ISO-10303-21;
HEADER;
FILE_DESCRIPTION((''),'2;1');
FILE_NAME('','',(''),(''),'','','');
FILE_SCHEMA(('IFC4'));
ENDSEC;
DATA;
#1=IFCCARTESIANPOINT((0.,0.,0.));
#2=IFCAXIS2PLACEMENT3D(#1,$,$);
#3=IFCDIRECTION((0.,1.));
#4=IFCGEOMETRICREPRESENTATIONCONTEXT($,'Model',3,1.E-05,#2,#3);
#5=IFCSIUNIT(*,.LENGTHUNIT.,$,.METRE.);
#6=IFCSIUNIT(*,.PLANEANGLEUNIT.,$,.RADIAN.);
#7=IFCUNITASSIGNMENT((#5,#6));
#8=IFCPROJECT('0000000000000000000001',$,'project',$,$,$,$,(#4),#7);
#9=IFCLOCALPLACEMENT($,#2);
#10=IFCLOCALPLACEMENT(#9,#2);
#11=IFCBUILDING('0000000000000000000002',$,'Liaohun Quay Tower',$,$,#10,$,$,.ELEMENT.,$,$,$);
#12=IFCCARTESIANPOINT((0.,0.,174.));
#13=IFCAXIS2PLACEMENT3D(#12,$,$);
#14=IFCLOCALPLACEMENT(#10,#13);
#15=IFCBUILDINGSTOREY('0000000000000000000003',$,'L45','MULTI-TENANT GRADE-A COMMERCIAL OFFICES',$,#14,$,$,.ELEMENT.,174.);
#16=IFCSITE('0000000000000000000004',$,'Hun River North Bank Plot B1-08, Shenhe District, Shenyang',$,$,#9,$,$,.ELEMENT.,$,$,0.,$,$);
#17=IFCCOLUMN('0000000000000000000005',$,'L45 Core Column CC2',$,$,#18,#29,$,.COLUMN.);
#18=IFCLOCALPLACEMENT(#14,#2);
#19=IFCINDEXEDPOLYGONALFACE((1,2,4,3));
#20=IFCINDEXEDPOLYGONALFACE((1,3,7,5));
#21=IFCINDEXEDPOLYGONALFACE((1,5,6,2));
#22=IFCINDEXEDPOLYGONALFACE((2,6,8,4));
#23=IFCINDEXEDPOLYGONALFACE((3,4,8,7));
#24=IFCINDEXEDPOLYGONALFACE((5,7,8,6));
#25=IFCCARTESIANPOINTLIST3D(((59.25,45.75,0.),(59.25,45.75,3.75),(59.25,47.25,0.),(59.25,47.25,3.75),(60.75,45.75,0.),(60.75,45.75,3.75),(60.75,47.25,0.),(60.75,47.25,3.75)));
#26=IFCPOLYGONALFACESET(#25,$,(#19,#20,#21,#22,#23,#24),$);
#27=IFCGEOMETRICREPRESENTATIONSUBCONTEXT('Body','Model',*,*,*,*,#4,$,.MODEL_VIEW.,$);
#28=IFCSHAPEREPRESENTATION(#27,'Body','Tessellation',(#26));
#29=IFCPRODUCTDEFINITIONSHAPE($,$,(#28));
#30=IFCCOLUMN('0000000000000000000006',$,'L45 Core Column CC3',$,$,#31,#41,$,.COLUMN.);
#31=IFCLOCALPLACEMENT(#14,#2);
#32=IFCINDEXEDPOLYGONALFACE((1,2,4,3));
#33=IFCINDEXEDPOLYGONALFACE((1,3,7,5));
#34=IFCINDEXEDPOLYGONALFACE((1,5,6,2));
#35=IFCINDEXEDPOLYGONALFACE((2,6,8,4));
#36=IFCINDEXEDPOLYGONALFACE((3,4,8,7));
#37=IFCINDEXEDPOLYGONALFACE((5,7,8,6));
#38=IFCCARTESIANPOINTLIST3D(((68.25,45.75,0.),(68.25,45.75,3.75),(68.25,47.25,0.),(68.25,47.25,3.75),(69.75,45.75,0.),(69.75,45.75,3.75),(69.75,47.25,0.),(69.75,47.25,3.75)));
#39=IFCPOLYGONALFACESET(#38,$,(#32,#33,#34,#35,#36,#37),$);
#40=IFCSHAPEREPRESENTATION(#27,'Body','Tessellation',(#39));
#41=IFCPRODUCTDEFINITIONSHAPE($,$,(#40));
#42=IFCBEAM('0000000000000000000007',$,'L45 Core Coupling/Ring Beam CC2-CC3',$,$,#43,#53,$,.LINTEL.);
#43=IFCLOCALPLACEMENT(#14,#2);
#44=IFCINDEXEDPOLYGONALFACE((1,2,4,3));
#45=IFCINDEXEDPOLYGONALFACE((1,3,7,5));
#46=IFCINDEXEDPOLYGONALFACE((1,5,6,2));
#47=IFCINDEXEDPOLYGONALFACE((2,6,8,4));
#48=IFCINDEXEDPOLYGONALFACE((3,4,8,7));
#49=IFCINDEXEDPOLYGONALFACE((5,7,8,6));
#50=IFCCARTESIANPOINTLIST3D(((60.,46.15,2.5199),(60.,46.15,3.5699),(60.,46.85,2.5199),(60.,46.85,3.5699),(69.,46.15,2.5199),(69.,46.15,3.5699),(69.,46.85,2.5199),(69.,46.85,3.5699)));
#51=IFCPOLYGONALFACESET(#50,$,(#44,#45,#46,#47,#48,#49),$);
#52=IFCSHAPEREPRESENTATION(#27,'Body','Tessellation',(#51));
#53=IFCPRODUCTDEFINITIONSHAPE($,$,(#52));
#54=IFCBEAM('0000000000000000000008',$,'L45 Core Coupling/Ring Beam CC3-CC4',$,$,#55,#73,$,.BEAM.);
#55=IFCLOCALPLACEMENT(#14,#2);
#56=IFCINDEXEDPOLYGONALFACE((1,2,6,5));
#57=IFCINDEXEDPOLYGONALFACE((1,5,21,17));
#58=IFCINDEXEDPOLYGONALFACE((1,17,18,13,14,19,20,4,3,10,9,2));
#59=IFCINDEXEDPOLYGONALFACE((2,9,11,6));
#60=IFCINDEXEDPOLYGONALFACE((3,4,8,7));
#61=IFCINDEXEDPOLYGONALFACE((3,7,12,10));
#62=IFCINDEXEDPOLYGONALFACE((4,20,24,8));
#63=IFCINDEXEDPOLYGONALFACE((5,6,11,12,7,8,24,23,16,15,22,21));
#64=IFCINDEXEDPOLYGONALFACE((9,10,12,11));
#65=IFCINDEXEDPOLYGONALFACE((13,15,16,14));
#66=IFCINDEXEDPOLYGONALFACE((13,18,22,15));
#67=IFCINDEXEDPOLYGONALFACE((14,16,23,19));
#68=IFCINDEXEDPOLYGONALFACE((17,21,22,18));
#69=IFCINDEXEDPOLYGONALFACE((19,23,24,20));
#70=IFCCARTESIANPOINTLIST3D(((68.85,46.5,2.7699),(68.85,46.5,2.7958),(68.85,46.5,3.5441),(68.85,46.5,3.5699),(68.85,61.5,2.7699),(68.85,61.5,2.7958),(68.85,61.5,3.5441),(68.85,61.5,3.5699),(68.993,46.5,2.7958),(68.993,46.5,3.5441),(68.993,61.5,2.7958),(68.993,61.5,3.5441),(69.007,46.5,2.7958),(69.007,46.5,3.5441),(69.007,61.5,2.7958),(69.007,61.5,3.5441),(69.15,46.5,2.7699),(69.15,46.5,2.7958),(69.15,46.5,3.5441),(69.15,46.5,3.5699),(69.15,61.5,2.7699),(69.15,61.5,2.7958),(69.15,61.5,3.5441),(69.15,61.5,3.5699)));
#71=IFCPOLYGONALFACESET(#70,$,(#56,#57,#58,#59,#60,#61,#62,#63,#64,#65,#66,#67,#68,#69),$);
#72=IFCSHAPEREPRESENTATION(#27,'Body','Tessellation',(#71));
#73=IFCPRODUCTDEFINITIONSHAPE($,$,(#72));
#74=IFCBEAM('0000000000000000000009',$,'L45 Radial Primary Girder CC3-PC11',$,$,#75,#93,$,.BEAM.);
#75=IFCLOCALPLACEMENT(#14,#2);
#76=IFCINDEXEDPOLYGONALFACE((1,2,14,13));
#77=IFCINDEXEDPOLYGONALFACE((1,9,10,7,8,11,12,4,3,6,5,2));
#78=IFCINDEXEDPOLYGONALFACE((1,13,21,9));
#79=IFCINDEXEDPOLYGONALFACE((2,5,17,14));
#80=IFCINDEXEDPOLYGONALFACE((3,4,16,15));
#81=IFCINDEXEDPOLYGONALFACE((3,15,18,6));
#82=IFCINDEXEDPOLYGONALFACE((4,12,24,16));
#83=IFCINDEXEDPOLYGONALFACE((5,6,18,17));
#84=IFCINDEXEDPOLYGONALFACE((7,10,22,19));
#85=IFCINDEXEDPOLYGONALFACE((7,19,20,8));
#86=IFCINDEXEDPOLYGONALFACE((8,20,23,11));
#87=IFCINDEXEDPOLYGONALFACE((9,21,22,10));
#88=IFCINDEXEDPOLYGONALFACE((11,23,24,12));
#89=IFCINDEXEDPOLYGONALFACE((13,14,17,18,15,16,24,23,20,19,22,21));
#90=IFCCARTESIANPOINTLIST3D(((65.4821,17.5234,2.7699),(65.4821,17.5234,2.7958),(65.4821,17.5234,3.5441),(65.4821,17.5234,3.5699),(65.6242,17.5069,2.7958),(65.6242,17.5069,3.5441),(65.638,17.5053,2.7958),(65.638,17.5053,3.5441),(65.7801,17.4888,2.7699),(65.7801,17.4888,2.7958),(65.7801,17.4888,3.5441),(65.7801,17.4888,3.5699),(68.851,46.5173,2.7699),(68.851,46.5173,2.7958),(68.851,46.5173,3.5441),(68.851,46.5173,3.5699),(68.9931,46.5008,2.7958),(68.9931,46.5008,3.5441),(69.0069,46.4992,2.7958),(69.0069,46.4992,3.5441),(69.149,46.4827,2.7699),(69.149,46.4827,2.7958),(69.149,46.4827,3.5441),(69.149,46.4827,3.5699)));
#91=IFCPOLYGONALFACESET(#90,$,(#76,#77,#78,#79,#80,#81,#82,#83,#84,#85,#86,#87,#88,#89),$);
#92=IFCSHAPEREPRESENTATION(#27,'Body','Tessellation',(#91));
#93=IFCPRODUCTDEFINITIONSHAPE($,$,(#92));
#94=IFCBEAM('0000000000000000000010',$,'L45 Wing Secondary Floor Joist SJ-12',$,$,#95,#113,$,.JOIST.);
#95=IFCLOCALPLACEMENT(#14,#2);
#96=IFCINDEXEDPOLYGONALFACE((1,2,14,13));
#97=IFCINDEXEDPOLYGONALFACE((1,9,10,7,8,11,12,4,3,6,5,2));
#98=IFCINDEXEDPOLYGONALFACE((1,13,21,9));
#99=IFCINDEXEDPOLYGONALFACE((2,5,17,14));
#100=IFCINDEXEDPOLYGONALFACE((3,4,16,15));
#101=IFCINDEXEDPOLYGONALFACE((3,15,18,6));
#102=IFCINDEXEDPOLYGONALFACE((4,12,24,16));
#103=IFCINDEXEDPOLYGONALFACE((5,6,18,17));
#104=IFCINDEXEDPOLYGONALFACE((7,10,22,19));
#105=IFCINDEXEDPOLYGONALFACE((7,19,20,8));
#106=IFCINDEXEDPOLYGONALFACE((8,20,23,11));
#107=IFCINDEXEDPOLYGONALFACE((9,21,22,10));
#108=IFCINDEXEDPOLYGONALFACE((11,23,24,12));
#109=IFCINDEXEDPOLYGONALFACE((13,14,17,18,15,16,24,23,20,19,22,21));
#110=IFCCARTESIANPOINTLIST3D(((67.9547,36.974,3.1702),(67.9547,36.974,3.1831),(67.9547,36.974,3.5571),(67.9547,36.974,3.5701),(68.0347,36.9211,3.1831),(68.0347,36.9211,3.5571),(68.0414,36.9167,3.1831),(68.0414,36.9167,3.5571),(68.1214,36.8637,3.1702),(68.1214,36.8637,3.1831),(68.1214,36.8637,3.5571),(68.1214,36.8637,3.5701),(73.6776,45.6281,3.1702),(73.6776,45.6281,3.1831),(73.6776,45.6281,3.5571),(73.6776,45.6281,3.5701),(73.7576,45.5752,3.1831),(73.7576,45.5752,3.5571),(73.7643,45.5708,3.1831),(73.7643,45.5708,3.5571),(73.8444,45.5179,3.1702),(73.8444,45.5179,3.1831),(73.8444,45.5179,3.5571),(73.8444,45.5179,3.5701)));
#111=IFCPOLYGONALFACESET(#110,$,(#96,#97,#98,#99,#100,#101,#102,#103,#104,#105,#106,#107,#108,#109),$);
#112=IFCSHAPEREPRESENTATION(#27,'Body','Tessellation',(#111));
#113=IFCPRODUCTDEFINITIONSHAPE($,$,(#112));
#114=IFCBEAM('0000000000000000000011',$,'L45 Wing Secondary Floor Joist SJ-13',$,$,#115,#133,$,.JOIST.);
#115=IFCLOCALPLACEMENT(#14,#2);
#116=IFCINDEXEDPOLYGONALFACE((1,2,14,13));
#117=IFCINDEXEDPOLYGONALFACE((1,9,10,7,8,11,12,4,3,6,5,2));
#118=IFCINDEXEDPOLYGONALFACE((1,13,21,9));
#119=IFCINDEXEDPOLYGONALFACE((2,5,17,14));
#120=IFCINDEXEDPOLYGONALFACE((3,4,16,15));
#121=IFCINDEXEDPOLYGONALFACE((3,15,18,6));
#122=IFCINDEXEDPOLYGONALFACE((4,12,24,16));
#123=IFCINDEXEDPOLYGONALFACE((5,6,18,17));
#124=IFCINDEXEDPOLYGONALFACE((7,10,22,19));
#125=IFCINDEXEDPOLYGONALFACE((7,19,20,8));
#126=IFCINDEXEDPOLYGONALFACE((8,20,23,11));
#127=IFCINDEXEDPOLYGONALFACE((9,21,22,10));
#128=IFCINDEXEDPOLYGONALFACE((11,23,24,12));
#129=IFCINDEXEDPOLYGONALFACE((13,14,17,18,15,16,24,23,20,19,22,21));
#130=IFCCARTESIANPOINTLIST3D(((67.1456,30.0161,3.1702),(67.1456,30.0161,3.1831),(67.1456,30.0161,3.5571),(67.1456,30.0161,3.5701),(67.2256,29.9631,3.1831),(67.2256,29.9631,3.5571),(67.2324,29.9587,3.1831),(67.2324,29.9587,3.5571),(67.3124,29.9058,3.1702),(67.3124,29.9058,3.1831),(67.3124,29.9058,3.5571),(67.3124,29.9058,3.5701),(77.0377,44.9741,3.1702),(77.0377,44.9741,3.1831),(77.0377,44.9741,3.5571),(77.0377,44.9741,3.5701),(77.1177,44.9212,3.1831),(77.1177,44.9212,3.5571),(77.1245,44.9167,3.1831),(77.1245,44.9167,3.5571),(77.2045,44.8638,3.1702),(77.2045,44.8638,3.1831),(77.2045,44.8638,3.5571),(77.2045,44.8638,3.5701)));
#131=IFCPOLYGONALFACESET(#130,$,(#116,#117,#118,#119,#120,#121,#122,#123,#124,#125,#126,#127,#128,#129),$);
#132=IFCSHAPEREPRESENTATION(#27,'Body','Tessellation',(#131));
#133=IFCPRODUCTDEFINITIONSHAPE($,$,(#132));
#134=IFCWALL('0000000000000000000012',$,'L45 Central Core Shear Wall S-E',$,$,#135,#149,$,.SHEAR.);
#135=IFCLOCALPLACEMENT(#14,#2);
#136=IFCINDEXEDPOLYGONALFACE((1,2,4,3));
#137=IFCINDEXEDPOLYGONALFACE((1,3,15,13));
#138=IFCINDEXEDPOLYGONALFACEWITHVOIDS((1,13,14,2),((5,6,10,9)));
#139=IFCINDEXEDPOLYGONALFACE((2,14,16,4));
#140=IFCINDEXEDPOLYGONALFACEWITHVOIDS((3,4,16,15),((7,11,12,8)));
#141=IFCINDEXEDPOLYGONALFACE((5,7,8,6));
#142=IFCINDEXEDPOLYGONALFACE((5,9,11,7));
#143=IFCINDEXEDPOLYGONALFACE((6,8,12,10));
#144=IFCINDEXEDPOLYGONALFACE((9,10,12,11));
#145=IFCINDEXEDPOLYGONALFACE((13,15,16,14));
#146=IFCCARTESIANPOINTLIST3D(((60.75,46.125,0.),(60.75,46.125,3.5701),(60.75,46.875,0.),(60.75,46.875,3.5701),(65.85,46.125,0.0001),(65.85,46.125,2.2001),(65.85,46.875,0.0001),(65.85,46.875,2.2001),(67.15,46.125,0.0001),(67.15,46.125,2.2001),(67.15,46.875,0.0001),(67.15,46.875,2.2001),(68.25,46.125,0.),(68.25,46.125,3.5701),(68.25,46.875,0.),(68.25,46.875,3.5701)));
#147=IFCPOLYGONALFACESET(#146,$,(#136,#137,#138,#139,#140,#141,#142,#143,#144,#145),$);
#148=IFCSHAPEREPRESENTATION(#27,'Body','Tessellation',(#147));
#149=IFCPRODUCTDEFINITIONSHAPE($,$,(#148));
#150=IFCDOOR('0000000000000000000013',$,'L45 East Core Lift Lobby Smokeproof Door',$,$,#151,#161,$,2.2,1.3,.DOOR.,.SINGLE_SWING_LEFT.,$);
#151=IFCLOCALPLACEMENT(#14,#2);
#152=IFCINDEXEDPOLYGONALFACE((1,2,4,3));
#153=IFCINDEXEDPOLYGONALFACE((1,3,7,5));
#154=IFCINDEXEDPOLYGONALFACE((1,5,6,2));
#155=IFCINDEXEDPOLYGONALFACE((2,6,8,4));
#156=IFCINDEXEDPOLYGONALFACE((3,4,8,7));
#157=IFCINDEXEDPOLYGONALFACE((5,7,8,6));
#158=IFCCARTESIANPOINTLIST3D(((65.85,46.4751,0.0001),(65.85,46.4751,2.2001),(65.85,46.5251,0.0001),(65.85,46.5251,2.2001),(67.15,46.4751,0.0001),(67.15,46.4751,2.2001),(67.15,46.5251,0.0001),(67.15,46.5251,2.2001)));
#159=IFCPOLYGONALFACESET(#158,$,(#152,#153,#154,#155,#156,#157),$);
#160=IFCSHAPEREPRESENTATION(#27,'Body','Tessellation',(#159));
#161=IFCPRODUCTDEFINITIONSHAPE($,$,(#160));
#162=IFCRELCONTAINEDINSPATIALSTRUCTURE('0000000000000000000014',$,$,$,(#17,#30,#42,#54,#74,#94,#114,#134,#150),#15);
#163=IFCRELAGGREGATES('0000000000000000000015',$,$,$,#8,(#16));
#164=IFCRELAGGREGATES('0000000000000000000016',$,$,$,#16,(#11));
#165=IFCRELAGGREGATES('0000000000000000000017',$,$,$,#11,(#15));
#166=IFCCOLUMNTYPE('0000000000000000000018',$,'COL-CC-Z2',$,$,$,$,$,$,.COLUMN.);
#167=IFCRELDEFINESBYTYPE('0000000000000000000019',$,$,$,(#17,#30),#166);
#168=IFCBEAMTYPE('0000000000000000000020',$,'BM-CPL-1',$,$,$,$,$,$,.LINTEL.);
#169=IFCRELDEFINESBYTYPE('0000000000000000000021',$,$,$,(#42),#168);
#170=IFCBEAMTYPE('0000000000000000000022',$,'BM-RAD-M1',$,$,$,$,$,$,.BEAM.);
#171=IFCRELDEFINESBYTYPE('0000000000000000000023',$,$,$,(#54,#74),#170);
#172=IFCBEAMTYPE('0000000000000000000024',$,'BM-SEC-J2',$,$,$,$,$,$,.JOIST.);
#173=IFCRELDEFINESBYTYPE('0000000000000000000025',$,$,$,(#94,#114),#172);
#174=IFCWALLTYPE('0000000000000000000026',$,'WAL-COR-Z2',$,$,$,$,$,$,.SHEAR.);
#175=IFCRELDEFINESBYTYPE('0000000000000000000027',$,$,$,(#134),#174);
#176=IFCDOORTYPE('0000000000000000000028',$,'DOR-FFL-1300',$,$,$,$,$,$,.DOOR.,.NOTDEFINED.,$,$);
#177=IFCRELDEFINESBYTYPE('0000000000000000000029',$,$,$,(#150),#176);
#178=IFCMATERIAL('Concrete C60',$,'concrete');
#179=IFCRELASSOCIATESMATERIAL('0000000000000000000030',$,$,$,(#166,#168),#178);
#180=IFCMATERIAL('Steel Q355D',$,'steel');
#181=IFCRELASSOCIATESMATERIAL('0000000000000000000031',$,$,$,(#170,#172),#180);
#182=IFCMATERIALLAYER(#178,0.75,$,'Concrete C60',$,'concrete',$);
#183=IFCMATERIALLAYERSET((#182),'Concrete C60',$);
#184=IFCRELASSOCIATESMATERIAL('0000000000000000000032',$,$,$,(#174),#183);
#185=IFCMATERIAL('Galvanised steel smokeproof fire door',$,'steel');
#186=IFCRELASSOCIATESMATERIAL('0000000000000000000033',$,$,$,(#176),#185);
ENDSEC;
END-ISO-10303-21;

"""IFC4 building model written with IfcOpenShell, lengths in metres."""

from ifc_helpers import new_model, si_unit, direction, frame, frame_2d, origin, origin_2d, place, context, subcontext, project, spatial, rectangle, i_section, extrude, source, transform, mapped, material, layer, layer_set, material_profile, profile_set, type_object, element, fill, save


model = new_model("IFC4")

# Units and contexts
model_context = context("Model", 3, precision=1e-05, world=origin(), true_north=direction((0.0, 1.0)))
body_context = subcontext(model_context, "Body", "Model", "MODEL_VIEW")
ifc_project = project(units=[si_unit("LENGTHUNIT", "METRE"), si_unit("PLANEANGLEUNIT", "RADIAN")], contexts=[model_context])

# Site, building, storey
site_placement = place(None, origin())
site = spatial("IfcSite", under=ifc_project, at=site_placement, Name="Hun River North Bank Plot B1-08, Shenhe District, Shenyang", CompositionType="ELEMENT", RefElevation=0.0)
building_placement = place(site_placement, origin())
building = spatial("IfcBuilding", under=site, at=building_placement, Name="Liaohun Quay Tower", CompositionType="ELEMENT")
storey_placement = place(building_placement, frame((0.0, 0.0, 174.0)))
storey = spatial("IfcBuildingStorey", under=building, at=storey_placement, Name="L45", Description="MULTI-TENANT GRADE-A COMMERCIAL OFFICES", CompositionType="ELEMENT", Elevation=174.0)

# Columns
ifc_material_1 = material(Name="Concrete C60", Category="concrete")
ifc_material_profile_1 = material_profile(ifc_material_1, rectangle(XDim=1.5, YDim=1.5, at=origin_2d()), Name="RC1500x1500")
ifc_profile_set_1 = profile_set([ifc_material_profile_1], Name="Concrete C60")
column_type = type_object("IfcColumnType", Name="COL-CC-Z2", PredefinedType="COLUMN", material=ifc_profile_set_1)
shared_shape_1 = source(origin(), body_context, "Body", "SweptSolid", [
    extrude(rectangle(XDim=1.5, YDim=1.5, at=origin_2d()), origin(), (0.0, 0.0, 1.0), 3.75),
])
for number, where, z_axis, x_axis, name in (
    (1, (60.0, 46.5, 0.0), (0.0, 0.0, 1.0), (1.0, 0.0, 0.0), "L45 Core Column CC2"),
    (2, (69.0, 46.5, 0.0), (0.0, 0.0, 1.0), (1.0, 0.0, 0.0), "L45 Core Column CC3"),
):
    element("IfcColumn", number, at=place(storey_placement, frame(where, z_axis=z_axis, x_axis=x_axis)), inside=storey, type_object=column_type, Name=name, PredefinedType="COLUMN", context=body_context, shape_type="MappedRepresentation", body=[
        mapped(shared_shape_1, transform((0.0, 0.0, 0.0), x_axis=(1.0, 0.0, 0.0), y_axis=(0.0, 1.0, 0.0), z_axis=(0.0, 0.0, 1.0), scale=1.0)),
    ])

# Beams
ifc_material_profile_2 = material_profile(ifc_material_1, rectangle(XDim=0.7, YDim=1.05, at=origin_2d()), Name="RC700x1050")
ifc_profile_set_2 = profile_set([ifc_material_profile_2], Name="Concrete C60")
beam_type_1 = type_object("IfcBeamType", Name="BM-CPL-1", PredefinedType="LINTEL", material=ifc_profile_set_2)
shared_shape_2 = source(origin(), body_context, "Body", "SweptSolid", [
    extrude(rectangle(XDim=0.7, YDim=1.05, at=origin_2d()), origin(), (0.0, 0.0, 1.0), 9.0),
])
beam_1_placement = place(storey_placement, frame((60.0, 46.5, 3.0449), z_axis=(1.0, 0.0, 0.0), x_axis=(0.0, 1.0, 0.0)))
element("IfcBeam", 3, at=beam_1_placement, inside=storey, type_object=beam_type_1, Name="L45 Core Coupling/Ring Beam CC2-CC3", PredefinedType="LINTEL", context=body_context, shape_type="MappedRepresentation", body=[
    mapped(shared_shape_2, transform((0.0, 0.0, 0.0), x_axis=(1.0, 0.0, 0.0), y_axis=(0.0, 1.0, 0.0), z_axis=(0.0, 0.0, 1.0), scale=1.0)),
])
ifc_material_2 = material(Name="Steel Q355D", Category="steel")
ifc_material_profile_3 = material_profile(ifc_material_2, i_section(OverallWidth=0.3, OverallDepth=0.8, WebThickness=0.0139, FlangeThickness=0.0259, at=origin_2d()), Name="HN800x300x14x26")
ifc_profile_set_3 = profile_set([ifc_material_profile_3], Name="Steel Q355D")
beam_type_2 = type_object("IfcBeamType", Name="BM-RAD-M1", PredefinedType="BEAM", material=ifc_profile_set_3)
shared_shape_3 = source(origin(), body_context, "Body", "SweptSolid", [
    extrude(i_section(OverallWidth=0.3, OverallDepth=0.8, WebThickness=0.0139, FlangeThickness=0.0259, at=origin_2d()), origin(), (0.0, 0.0, 1.0), 15.0),
])
beam_2_placement = place(storey_placement, frame((69.0, 46.5, 3.1699), z_axis=(0.0, 1.0, 0.0), x_axis=(-1.0, 0.0, 0.0)))
element("IfcBeam", 4, at=beam_2_placement, inside=storey, type_object=beam_type_2, Name="L45 Core Coupling/Ring Beam CC3-CC4", PredefinedType="BEAM", context=body_context, shape_type="MappedRepresentation", body=[
    mapped(shared_shape_3, transform((0.0, 0.0, 0.0), x_axis=(1.0, 0.0, 0.0), y_axis=(0.0, 1.0, 0.0), z_axis=(0.0, 0.0, 1.0), scale=1.0)),
])
shared_shape_4 = source(origin(), body_context, "Body", "SweptSolid", [
    extrude(i_section(OverallWidth=0.3, OverallDepth=0.8, WebThickness=0.0139, FlangeThickness=0.0259, at=origin_2d()), origin(), (0.0, 0.0, 1.0), 29.189),
])
beam_3_placement = place(storey_placement, frame((69.0, 46.5, 3.1699), z_axis=(-0.115417, -0.993317, 0.0), x_axis=(0.993317, -0.115417, 0.0)))
element("IfcBeam", 5, at=beam_3_placement, inside=storey, type_object=beam_type_2, Name="L45 Radial Primary Girder CC3-PC11", PredefinedType="BEAM", context=body_context, shape_type="MappedRepresentation", body=[
    mapped(shared_shape_4, transform((0.0, 0.0, 0.0), x_axis=(1.0, 0.0, 0.0), y_axis=(0.0, 1.0, 0.0), z_axis=(0.0, 0.0, 1.0), scale=1.0)),
])
ifc_material_profile_4 = material_profile(ifc_material_2, i_section(OverallWidth=0.2, OverallDepth=0.3999, WebThickness=0.0081, FlangeThickness=0.0129, at=origin_2d()), Name="HN400x200x8x13")
ifc_profile_set_4 = profile_set([ifc_material_profile_4], Name="Steel Q355D")
beam_type_3 = type_object("IfcBeamType", Name="BM-SEC-J2", PredefinedType="JOIST", material=ifc_profile_set_4)
shared_shape_5 = source(origin(), body_context, "Body", "SweptSolid", [
    extrude(i_section(OverallWidth=0.2, OverallDepth=0.3999, WebThickness=0.0081, FlangeThickness=0.0129, at=origin_2d()), origin(), (0.0, 0.0, 1.0), 10.3752),
])
beam_4_placement = place(storey_placement, frame((73.761, 45.573, 3.3701), z_axis=(-0.551596, -0.834112, 0.0), x_axis=(0.834112, -0.551596, 0.0)))
element("IfcBeam", 6, at=beam_4_placement, inside=storey, type_object=beam_type_3, Name="L45 Wing Secondary Floor Joist SJ-12", PredefinedType="JOIST", context=body_context, shape_type="MappedRepresentation", body=[
    mapped(shared_shape_5, transform((0.0, 0.0, 0.0), x_axis=(1.0, 0.0, 0.0), y_axis=(0.0, 1.0, 0.0), z_axis=(0.0, 0.0, 1.0), scale=1.0)),
])
shared_shape_6 = source(origin(), body_context, "Body", "SweptSolid", [
    extrude(i_section(OverallWidth=0.2, OverallDepth=0.3999, WebThickness=0.0081, FlangeThickness=0.0129, at=origin_2d()), origin(), (0.0, 0.0, 1.0), 17.9331),
])
beam_5_placement = place(storey_placement, frame((77.1211, 44.9189, 3.3701), z_axis=(-0.551611, -0.834101, 0.0), x_axis=(0.834101, -0.551611, 0.0)))
element("IfcBeam", 7, at=beam_5_placement, inside=storey, type_object=beam_type_3, Name="L45 Wing Secondary Floor Joist SJ-13", PredefinedType="JOIST", context=body_context, shape_type="MappedRepresentation", body=[
    mapped(shared_shape_6, transform((0.0, 0.0, 0.0), x_axis=(1.0, 0.0, 0.0), y_axis=(0.0, 1.0, 0.0), z_axis=(0.0, 0.0, 1.0), scale=1.0)),
])

# Wall, opening, door
ifc_layer_1 = layer(ifc_material_1, 0.75, Name="Concrete C60", Category="concrete")
ifc_layer_set_1 = layer_set([ifc_layer_1], Name="Concrete C60")
wall_type_1 = type_object("IfcWallType", Name="WAL-COR-Z2", PredefinedType="SHEAR", material=ifc_layer_set_1)
wall_1_placement = place(storey_placement, frame((68.25, 46.5, 0.0), z_axis=(0.0, 0.0, 1.0), x_axis=(-1.0, 0.0, 0.0)))
wall_1 = element("IfcWall", 8, at=wall_1_placement, inside=storey, type_object=wall_type_1, Name="L45 Central Core Shear Wall S-E", PredefinedType="SHEAR", context=body_context, shape_type="SweptSolid", body=[
    extrude(rectangle(XDim=7.5, YDim=0.75, at=frame_2d((3.75, 0.0))), origin(), (0.0, 0.0, 1.0), 3.5701),
])
shared_shape_7 = source(origin(), body_context, "Body", "SweptSolid", [
    extrude(rectangle(XDim=1.3, YDim=2.2, at=frame_2d((0.6499, 1.1001))), frame((0.0, 0.385, 0.0), z_axis=(0.0, -1.0, 0.0), x_axis=(1.0, 0.0, 0.0)), (0.0, 0.0, 1.0), 0.77),
])
opening_1_placement = place(wall_1_placement, frame((1.1001, 0.0, 0.0)))
opening_1 = element("IfcOpeningElement", 9, at=opening_1_placement, cuts=wall_1, PredefinedType="OPENING", context=body_context, shape_type="MappedRepresentation", body=[
    mapped(shared_shape_7, transform((0.0, 0.0, 0.0), x_axis=(1.0, 0.0, 0.0), y_axis=(0.0, 1.0, 0.0), z_axis=(0.0, 0.0, 1.0), scale=1.0)),
])
ifc_material_3 = material(Name="Galvanised steel smokeproof fire door", Category="steel")
door_type_1 = type_object("IfcDoorType", Name="DOR-FFL-1300", OperationType="NOTDEFINED", PredefinedType="DOOR", material=ifc_material_3)
shared_shape_8 = source(origin(), body_context, "Body", "SweptSolid", [
    extrude(rectangle(XDim=1.3, YDim=2.2, at=frame_2d((0.6499, 1.1001))), frame((0.0, 0.0249, 0.0), z_axis=(0.0, -1.0, 0.0), x_axis=(1.0, 0.0, 0.0)), (0.0, 0.0, 1.0), 0.05),
])
door_1_placement = place(opening_1_placement, origin())
door_1 = element("IfcDoor", 10, at=door_1_placement, inside=storey, type_object=door_type_1, Name="L45 East Core Lift Lobby Smokeproof Door", OperationType="SINGLE_SWING_LEFT", OverallHeight=2.2, OverallWidth=1.3, PredefinedType="DOOR", context=body_context, shape_type="MappedRepresentation", body=[
    mapped(shared_shape_8, transform((0.0, 0.0, 0.0), x_axis=(1.0, 0.0, 0.0), y_axis=(0.0, 1.0, 0.0), z_axis=(0.0, 0.0, 1.0), scale=1.0)),
])
fill(opening_1, door_1)

save(model, "model.ifc")
